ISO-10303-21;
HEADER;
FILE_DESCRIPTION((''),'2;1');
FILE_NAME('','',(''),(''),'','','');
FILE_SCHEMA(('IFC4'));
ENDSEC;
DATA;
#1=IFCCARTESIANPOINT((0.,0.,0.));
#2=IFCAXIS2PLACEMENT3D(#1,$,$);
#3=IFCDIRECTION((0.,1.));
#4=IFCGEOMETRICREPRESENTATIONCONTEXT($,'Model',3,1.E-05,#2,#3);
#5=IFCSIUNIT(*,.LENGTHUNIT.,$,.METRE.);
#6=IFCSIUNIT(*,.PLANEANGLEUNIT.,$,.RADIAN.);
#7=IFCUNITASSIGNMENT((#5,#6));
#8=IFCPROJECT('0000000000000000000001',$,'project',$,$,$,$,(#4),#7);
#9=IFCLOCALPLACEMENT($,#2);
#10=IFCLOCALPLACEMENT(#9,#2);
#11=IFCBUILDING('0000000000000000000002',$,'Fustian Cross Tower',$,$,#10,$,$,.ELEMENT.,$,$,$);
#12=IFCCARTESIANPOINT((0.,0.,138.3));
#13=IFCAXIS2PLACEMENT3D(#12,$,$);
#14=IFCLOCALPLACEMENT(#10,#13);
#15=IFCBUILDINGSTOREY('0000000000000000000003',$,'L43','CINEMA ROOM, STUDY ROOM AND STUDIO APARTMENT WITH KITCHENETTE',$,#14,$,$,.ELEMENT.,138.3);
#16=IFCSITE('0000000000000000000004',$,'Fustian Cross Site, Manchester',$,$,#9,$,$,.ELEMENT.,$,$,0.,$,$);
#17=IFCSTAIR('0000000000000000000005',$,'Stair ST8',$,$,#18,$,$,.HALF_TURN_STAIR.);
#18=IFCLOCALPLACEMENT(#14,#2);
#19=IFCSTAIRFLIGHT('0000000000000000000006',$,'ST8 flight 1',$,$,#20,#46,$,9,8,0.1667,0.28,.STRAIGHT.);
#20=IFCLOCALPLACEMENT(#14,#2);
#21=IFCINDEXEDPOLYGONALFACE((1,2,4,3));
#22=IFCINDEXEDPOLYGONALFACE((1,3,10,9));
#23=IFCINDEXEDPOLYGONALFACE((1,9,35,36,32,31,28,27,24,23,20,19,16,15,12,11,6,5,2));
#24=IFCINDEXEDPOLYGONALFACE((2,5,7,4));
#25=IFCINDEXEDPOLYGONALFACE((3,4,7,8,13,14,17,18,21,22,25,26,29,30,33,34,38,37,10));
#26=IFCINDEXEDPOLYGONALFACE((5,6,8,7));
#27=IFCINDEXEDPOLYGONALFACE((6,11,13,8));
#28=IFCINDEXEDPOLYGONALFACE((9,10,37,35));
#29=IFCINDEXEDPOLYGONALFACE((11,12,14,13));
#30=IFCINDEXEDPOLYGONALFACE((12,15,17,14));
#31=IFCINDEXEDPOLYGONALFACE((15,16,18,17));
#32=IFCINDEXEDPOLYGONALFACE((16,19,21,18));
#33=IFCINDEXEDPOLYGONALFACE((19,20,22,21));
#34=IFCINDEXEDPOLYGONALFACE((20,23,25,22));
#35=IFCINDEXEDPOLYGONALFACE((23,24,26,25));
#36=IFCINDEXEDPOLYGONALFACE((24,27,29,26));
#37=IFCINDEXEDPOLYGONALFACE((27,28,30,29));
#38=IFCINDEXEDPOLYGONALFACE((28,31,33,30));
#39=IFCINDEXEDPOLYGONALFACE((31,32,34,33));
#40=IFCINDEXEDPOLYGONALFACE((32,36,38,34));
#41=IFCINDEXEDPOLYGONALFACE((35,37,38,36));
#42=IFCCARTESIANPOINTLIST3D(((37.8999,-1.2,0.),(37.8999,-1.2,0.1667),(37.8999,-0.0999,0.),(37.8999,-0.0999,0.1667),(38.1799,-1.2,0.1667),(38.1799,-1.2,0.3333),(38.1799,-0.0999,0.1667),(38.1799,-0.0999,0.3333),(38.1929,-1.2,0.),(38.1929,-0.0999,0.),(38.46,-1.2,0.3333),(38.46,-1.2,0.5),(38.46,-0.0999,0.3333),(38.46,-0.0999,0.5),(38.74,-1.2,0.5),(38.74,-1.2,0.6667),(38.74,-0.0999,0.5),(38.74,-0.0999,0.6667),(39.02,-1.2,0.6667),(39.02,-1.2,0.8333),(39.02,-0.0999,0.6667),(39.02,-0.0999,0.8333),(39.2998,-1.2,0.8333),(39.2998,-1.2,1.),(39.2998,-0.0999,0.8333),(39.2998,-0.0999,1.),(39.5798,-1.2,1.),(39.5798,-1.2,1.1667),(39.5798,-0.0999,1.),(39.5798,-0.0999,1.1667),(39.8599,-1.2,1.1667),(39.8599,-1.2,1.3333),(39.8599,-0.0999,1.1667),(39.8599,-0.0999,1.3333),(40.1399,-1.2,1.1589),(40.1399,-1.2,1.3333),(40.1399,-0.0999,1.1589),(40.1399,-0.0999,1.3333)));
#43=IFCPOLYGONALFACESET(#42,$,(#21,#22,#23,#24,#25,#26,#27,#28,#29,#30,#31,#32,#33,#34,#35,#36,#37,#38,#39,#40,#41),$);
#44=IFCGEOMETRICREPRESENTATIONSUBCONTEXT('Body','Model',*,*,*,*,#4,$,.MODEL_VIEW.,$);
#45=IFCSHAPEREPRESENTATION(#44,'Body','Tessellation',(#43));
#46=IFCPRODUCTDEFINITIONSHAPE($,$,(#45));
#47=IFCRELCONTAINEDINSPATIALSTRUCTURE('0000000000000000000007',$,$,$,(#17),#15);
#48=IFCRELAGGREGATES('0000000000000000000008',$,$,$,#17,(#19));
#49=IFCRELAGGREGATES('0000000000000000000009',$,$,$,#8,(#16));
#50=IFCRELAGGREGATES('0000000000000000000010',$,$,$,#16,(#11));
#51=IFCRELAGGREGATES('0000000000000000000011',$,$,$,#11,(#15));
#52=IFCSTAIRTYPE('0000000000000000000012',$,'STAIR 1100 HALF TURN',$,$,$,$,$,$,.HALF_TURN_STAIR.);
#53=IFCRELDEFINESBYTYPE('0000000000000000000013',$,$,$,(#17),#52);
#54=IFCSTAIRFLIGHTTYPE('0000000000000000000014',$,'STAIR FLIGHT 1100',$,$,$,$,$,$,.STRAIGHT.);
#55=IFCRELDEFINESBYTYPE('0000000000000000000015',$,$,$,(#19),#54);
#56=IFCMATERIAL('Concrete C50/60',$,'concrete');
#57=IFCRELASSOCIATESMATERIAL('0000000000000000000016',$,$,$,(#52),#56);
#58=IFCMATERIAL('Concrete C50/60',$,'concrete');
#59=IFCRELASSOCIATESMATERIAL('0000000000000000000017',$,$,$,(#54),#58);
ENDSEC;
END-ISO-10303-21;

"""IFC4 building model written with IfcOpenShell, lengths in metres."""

from ifc_helpers import new_model, si_unit, direction, frame, origin, place, context, subcontext, project, spatial, polyline, outline, extrude, material, type_object, element, aggregate, save


model = new_model("IFC4")

# Units and contexts
model_context = context("Model", 3, precision=1e-05, world=origin(), true_north=direction((0.0, 1.0)))
body_context = subcontext(model_context, "Body", "Model", "MODEL_VIEW")
ifc_project = project(units=[si_unit("LENGTHUNIT", "METRE"), si_unit("PLANEANGLEUNIT", "RADIAN")], contexts=[model_context])

# Site, building, storey
site_placement = place(None, origin())
site = spatial("IfcSite", under=ifc_project, at=site_placement, Name="Fustian Cross Site, Manchester", CompositionType="ELEMENT", RefElevation=0.0)
building_placement = place(site_placement, origin())
building = spatial("IfcBuilding", under=site, at=building_placement, Name="Fustian Cross Tower", CompositionType="ELEMENT")
storey_placement = place(building_placement, frame((0.0, 0.0, 138.3)))
storey = spatial("IfcBuildingStorey", under=building, at=storey_placement, Name="L43", Description="CINEMA ROOM, STUDY ROOM AND STUDIO APARTMENT WITH KITCHENETTE", CompositionType="ELEMENT", Elevation=138.3)

# Stair, stair flight
ifc_material_1 = material(Name="Concrete C50/60", Category="concrete")
stair_type = type_object("IfcStairType", Name="STAIR 1100 HALF TURN", PredefinedType="HALF_TURN_STAIR", material=ifc_material_1)
stair_placement = place(storey_placement, origin())
stair = element("IfcStair", 1, at=stair_placement, inside=storey, type_object=stair_type, Name="Stair ST8", PredefinedType="HALF_TURN_STAIR")
ifc_material_2 = material(Name="Concrete C50/60", Category="concrete")
stair_flight_type = type_object("IfcStairFlightType", Name="STAIR FLIGHT 1100", PredefinedType="STRAIGHT", material=ifc_material_2)
stair_flight_placement = place(storey_placement, frame((37.8999, -0.6499, 0.0), z_axis=(0.0, 0.0, 1.0), x_axis=(1.0, 0.0, 0.0)))
stair_flight = element("IfcStairFlight", 2, at=stair_flight_placement, type_object=stair_flight_type, Name="ST8 flight 1", NumberOfRisers=9, NumberOfTreads=8, PredefinedType="STRAIGHT", RiserHeight=0.1667, TreadLength=0.28, context=body_context, shape_type="SweptSolid", body=[
    extrude(outline(polyline([(0.0, 0.0), (0.0, 0.1667), (0.28, 0.1667), (0.28, 0.3333), (0.5601, 0.3333), (0.5601, 0.5), (0.8401, 0.5), (0.8401, 0.6667), (1.1201, 0.6667), (1.1201, 0.8333), (1.3999, 0.8333), (1.3999, 1.0), (1.6799, 1.0), (1.6799, 1.1667), (1.96, 1.1667), (1.96, 1.3333), (2.24, 1.3333), (2.24, 1.5), (2.24, 1.1589), (0.293, 0.0), (0.0, 0.0)])), frame((0.0, 0.55, 0.0), z_axis=(0.0, -1.0, 0.0), x_axis=(1.0, 0.0, 0.0)), (0.0, 0.0, 1.0), 1.1001),
])
aggregate(stair, [stair_flight])

save(model, "model.ifc")
